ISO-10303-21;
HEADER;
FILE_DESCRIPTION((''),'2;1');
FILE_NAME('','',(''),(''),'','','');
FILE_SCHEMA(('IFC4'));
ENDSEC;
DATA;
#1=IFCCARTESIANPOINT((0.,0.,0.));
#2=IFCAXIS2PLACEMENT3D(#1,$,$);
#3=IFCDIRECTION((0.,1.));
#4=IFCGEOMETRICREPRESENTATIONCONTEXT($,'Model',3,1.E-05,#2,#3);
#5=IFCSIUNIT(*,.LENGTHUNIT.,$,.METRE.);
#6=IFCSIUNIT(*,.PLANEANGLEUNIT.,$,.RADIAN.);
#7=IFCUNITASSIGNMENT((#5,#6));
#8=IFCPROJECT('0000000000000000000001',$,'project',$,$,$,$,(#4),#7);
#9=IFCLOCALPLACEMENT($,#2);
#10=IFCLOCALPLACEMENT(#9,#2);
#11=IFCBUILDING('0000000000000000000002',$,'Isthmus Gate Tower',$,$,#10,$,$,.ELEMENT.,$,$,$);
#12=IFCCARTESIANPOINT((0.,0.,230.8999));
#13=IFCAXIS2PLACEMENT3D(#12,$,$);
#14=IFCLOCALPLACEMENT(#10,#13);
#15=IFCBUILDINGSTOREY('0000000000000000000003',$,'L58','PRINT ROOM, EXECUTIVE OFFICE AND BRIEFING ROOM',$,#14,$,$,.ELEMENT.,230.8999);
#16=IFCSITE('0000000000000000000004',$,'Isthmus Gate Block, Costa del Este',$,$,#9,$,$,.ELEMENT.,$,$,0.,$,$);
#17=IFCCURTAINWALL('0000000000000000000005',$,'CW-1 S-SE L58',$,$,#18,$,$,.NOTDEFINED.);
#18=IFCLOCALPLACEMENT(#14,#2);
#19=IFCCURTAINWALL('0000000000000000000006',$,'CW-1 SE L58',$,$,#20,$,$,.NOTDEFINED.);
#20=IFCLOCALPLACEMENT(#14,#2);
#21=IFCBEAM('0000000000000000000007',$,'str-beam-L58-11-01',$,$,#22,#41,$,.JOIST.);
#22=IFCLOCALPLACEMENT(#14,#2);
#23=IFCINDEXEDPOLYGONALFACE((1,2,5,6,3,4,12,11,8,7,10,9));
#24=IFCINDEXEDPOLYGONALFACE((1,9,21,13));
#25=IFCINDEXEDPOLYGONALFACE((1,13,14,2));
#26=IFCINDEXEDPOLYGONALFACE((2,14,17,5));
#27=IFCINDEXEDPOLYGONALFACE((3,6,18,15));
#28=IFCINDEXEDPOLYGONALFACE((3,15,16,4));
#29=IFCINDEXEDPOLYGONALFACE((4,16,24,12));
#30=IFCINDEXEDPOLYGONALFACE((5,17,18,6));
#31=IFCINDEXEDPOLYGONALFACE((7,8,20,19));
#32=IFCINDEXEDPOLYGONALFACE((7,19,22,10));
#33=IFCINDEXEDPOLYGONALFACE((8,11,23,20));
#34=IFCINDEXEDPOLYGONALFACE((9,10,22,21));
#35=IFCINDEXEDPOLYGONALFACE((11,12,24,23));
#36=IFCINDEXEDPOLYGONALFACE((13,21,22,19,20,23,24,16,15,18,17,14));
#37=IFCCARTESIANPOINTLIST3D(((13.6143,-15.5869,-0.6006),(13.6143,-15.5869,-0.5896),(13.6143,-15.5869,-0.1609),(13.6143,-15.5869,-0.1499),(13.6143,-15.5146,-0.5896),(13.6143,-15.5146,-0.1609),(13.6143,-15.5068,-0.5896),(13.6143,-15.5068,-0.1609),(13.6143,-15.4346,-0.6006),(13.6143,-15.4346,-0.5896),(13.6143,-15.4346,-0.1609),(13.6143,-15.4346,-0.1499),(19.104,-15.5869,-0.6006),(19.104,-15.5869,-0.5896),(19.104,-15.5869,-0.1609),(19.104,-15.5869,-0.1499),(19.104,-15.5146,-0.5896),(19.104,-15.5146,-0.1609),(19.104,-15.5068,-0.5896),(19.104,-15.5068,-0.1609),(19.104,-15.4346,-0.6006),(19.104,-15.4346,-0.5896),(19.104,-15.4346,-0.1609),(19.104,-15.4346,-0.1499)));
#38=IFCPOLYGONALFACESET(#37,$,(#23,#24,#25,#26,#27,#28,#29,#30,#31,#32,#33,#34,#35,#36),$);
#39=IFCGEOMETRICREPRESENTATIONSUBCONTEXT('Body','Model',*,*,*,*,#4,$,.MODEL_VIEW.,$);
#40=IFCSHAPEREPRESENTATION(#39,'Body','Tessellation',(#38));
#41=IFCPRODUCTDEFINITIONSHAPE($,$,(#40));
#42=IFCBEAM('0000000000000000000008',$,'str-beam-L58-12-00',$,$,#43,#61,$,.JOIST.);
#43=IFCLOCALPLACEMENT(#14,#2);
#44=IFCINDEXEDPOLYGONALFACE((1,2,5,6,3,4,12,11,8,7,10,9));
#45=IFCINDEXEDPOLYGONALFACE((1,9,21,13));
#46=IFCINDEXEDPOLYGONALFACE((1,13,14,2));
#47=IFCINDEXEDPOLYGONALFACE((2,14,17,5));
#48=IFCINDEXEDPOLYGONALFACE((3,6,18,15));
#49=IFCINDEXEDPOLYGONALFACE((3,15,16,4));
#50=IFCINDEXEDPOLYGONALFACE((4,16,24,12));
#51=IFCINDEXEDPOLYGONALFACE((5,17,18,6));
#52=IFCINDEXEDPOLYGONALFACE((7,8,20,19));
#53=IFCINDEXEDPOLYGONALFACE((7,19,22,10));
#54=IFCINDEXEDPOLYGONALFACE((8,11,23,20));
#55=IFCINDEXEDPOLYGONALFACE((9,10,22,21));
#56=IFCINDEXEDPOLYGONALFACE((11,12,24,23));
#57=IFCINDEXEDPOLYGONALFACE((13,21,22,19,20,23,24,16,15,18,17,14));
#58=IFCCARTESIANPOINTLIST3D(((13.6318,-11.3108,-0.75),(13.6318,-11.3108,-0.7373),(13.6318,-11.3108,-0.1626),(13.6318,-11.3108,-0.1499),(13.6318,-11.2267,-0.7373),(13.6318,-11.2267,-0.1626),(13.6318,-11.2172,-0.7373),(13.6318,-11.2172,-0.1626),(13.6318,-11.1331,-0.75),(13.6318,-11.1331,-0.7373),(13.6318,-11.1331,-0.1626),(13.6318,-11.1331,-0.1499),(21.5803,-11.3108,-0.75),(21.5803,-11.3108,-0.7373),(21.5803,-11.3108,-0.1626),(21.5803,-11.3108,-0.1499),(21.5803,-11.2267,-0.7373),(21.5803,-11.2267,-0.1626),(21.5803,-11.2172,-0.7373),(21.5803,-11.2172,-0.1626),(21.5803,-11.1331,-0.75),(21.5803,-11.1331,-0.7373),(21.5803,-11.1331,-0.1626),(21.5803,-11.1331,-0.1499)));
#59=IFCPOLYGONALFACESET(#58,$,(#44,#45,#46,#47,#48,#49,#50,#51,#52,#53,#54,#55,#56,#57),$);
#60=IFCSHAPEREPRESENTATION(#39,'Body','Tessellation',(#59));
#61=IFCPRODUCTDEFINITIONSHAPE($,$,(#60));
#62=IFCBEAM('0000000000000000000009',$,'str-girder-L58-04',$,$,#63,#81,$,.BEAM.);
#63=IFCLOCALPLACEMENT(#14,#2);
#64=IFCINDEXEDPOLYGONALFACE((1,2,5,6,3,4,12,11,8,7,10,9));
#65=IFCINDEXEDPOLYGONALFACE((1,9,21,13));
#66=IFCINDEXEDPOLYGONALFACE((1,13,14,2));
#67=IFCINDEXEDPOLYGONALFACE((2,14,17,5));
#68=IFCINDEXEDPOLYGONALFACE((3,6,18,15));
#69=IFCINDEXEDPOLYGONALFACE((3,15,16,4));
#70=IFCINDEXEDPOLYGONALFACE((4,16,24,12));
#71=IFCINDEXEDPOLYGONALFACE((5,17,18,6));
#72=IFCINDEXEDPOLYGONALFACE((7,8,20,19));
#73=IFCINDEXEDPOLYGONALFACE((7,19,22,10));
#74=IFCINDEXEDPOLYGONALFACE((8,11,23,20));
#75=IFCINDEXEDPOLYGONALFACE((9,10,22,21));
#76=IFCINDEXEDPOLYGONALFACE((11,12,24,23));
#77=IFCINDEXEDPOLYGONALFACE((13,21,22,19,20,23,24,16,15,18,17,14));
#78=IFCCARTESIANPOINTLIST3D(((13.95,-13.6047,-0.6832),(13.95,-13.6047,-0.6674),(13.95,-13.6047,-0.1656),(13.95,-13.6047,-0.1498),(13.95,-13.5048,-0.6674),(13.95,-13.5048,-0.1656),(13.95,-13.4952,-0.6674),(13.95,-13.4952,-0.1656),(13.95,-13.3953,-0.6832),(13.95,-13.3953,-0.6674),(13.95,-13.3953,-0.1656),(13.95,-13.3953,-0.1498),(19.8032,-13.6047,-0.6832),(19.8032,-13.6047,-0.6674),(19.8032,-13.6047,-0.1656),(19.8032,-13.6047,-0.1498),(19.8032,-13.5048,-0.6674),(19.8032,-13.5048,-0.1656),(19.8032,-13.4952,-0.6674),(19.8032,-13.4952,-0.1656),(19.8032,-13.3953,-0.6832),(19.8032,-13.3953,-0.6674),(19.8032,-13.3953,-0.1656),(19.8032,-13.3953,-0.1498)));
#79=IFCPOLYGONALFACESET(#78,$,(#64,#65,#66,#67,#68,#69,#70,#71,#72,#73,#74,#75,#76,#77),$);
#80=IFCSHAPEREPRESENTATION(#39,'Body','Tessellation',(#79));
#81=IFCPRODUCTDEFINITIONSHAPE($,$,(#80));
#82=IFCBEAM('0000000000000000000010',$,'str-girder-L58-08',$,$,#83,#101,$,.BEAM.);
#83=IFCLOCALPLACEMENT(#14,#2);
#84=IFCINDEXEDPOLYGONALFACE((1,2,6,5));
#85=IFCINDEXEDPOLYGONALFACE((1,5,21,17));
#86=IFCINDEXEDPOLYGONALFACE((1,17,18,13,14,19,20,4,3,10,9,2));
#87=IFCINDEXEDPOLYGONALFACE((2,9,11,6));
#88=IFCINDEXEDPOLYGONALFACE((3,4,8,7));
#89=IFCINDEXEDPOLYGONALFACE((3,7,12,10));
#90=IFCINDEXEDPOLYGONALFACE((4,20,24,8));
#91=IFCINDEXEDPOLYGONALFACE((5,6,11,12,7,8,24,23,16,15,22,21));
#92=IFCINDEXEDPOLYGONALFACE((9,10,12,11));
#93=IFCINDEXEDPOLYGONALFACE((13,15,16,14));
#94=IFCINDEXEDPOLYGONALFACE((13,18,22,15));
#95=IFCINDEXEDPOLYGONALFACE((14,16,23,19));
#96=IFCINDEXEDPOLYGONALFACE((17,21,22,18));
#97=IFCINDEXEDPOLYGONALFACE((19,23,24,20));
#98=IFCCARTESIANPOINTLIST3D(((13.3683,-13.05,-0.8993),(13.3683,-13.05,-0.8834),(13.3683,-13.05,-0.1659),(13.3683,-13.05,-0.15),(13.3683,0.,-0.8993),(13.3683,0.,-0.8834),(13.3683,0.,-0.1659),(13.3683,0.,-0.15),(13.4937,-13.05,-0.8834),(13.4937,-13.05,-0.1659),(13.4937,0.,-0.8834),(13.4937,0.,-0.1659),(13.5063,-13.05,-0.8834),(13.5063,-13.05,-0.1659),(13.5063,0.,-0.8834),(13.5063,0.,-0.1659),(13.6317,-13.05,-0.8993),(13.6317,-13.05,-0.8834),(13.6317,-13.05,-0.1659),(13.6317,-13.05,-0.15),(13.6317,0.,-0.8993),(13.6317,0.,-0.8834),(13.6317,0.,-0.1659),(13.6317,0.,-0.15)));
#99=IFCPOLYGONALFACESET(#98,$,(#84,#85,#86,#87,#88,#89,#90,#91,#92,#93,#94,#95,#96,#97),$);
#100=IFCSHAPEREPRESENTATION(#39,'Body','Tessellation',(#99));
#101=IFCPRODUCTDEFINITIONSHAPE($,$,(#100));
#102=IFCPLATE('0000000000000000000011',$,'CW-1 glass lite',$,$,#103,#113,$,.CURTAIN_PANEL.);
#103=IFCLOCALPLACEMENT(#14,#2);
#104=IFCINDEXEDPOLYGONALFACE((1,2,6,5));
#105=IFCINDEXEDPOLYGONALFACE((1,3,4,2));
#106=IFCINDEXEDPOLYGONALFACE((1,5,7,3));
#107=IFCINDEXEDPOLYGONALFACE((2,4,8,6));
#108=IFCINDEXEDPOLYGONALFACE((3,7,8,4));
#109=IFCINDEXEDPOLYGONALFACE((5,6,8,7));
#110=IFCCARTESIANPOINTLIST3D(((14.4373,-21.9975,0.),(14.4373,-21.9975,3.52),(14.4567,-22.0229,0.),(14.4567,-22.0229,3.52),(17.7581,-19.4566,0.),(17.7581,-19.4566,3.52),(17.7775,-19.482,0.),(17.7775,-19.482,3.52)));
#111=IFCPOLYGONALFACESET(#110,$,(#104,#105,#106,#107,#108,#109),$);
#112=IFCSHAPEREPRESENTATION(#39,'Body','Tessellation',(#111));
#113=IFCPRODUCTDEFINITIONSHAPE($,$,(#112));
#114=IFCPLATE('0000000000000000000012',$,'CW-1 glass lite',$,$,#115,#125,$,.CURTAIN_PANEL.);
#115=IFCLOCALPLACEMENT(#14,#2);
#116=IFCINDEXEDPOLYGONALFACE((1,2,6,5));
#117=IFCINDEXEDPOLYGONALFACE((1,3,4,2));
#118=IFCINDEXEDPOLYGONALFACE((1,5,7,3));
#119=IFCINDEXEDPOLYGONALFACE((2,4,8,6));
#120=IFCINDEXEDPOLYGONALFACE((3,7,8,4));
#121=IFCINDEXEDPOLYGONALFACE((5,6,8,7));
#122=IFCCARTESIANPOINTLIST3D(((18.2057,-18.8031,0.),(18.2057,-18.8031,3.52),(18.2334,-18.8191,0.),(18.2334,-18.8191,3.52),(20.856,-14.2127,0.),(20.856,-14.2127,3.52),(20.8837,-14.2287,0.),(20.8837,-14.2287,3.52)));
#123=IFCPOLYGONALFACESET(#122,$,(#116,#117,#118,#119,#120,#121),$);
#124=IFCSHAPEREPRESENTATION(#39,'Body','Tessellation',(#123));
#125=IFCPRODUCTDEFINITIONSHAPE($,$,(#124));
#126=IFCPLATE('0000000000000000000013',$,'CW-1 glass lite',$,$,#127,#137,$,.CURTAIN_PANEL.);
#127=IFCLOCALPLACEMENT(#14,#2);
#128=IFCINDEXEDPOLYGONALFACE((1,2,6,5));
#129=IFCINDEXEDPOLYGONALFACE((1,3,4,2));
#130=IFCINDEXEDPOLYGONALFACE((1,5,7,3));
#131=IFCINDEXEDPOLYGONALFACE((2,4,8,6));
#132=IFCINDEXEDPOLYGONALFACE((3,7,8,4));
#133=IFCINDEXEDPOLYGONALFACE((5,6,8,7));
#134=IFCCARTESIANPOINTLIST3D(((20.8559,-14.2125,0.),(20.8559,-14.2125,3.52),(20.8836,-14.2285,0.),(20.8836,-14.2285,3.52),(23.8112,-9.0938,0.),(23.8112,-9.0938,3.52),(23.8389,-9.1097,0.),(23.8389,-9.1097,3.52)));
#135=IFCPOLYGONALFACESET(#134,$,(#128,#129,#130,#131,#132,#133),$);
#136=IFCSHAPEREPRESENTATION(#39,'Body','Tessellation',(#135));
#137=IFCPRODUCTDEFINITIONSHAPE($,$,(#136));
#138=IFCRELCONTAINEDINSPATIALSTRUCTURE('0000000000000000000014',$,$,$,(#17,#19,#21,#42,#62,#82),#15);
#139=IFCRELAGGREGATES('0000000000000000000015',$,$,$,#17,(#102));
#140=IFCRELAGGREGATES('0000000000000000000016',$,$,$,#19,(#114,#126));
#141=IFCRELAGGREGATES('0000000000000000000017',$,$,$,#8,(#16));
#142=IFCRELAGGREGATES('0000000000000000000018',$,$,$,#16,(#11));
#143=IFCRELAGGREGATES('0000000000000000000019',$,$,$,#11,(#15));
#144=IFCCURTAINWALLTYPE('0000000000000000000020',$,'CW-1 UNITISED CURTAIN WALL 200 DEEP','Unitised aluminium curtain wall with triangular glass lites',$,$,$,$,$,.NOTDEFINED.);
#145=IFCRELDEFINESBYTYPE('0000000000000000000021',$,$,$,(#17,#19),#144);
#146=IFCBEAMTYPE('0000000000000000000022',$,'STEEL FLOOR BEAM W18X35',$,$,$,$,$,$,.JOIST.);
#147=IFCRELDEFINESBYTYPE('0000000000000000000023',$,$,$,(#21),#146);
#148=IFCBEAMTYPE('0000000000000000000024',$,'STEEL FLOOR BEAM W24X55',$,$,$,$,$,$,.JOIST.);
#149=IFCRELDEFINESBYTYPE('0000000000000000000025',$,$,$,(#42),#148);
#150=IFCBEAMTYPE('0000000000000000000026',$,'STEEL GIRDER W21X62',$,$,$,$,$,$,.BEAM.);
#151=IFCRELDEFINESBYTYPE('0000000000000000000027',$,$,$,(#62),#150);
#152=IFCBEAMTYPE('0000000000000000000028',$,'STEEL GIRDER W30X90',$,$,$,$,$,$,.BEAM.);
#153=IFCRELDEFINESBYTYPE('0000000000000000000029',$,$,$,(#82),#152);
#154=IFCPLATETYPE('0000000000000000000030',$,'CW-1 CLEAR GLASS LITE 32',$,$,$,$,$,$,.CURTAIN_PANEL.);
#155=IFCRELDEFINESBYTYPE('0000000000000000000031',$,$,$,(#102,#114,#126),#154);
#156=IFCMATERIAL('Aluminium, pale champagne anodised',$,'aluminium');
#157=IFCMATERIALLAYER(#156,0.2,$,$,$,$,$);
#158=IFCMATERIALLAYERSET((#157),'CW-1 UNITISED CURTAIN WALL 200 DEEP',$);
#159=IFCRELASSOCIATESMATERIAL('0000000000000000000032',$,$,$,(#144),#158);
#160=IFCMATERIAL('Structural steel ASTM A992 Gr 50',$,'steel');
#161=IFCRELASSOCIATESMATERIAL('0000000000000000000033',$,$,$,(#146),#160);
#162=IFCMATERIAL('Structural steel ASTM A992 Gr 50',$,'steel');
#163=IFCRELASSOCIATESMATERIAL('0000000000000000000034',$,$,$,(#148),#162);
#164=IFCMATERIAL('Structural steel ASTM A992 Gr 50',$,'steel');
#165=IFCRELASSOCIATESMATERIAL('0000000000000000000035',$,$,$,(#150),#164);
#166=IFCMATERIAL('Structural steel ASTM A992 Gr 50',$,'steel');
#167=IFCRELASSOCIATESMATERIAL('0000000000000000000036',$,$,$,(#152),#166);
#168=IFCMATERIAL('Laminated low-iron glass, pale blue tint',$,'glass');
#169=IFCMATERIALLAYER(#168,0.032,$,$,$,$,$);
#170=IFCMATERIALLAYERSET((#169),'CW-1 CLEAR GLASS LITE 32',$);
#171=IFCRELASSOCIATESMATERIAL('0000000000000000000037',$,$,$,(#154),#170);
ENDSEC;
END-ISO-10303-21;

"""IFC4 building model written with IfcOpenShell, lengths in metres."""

from ifc_helpers import new_model, si_unit, direction, frame, origin, origin_2d, place, context, subcontext, project, spatial, rectangle, i_section, extrude, material, layer, layer_set, material_profile, profile_set, type_object, element, aggregate, save


model = new_model("IFC4")

# Units and contexts
model_context = context("Model", 3, precision=1e-05, world=origin(), true_north=direction((0.0, 1.0)))
body_context = subcontext(model_context, "Body", "Model", "MODEL_VIEW")
ifc_project = project(units=[si_unit("LENGTHUNIT", "METRE"), si_unit("PLANEANGLEUNIT", "RADIAN")], contexts=[model_context])

# Site, building, storey
site_placement = place(None, origin())
site = spatial("IfcSite", under=ifc_project, at=site_placement, Name="Isthmus Gate Block, Costa del Este", CompositionType="ELEMENT", RefElevation=0.0)
building_placement = place(site_placement, origin())
building = spatial("IfcBuilding", under=site, at=building_placement, Name="Isthmus Gate Tower", CompositionType="ELEMENT")
storey_placement = place(building_placement, frame((0.0, 0.0, 230.8999)))
storey = spatial("IfcBuildingStorey", under=building, at=storey_placement, Name="L58", Description="PRINT ROOM, EXECUTIVE OFFICE AND BRIEFING ROOM", CompositionType="ELEMENT", Elevation=230.8999)

# Curtain walls
ifc_material_1 = material(Name="Aluminium, pale champagne anodised", Category="aluminium")
ifc_layer_1 = layer(ifc_material_1, 0.2)
ifc_layer_set_1 = layer_set([ifc_layer_1], Name="CW-1 UNITISED CURTAIN WALL 200 DEEP")
curtain_wall_type = type_object("IfcCurtainWallType", Name="CW-1 UNITISED CURTAIN WALL 200 DEEP", Description="Unitised aluminium curtain wall with triangular glass lites", PredefinedType="NOTDEFINED", material=ifc_layer_set_1)
curtain_wall_1_placement = place(storey_placement, origin())
curtain_wall_1 = element("IfcCurtainWall", 1, at=curtain_wall_1_placement, inside=storey, type_object=curtain_wall_type, Name="CW-1 S-SE L58", PredefinedType="NOTDEFINED")
curtain_wall_2_placement = place(storey_placement, origin())
curtain_wall_2 = element("IfcCurtainWall", 2, at=curtain_wall_2_placement, inside=storey, type_object=curtain_wall_type, Name="CW-1 SE L58", PredefinedType="NOTDEFINED")

# Beams
ifc_material_2 = material(Name="Structural steel ASTM A992 Gr 50", Category="steel")
ifc_material_profile_1 = material_profile(ifc_material_2, i_section(OverallWidth=0.1523, OverallDepth=0.4507, WebThickness=0.0078, FlangeThickness=0.011, at=origin_2d()), Name="W18X35")
ifc_profile_set_1 = profile_set([ifc_material_profile_1], Name="Structural steel ASTM A992 Gr 50")
beam_type_1 = type_object("IfcBeamType", Name="STEEL FLOOR BEAM W18X35", PredefinedType="JOIST", material=ifc_profile_set_1)
beam_1_placement = place(storey_placement, frame((13.6143, -15.5107, -0.3752), z_axis=(1.0, 0.0, 0.0), x_axis=(0.0, 1.0, 0.0)))
element("IfcBeam", 3, at=beam_1_placement, inside=storey, type_object=beam_type_1, Name="str-beam-L58-11-01", PredefinedType="JOIST", context=body_context, shape_type="SweptSolid", body=[
    extrude(i_section(OverallWidth=0.1523, OverallDepth=0.4507, WebThickness=0.0078, FlangeThickness=0.011, at=origin_2d()), origin(), (0.0, 0.0, 1.0), 5.4897),
])
ifc_material_3 = material(Name="Structural steel ASTM A992 Gr 50", Category="steel")
ifc_material_profile_2 = material_profile(ifc_material_3, i_section(OverallWidth=0.1777, OverallDepth=0.6001, WebThickness=0.0095, FlangeThickness=0.0127, at=origin_2d()), Name="W24X55")
ifc_profile_set_2 = profile_set([ifc_material_profile_2], Name="Structural steel ASTM A992 Gr 50")
beam_type_2 = type_object("IfcBeamType", Name="STEEL FLOOR BEAM W24X55", PredefinedType="JOIST", material=ifc_profile_set_2)
beam_2_placement = place(storey_placement, frame((13.6318, -11.2219, -0.45), z_axis=(1.0, 0.0, 0.0), x_axis=(0.0, 1.0, 0.0)))
element("IfcBeam", 4, at=beam_2_placement, inside=storey, type_object=beam_type_2, Name="str-beam-L58-12-00", PredefinedType="JOIST", context=body_context, shape_type="SweptSolid", body=[
    extrude(i_section(OverallWidth=0.1777, OverallDepth=0.6001, WebThickness=0.0095, FlangeThickness=0.0127, at=origin_2d()), origin(), (0.0, 0.0, 1.0), 7.9485),
])
ifc_material_4 = material(Name="Structural steel ASTM A992 Gr 50", Category="steel")
ifc_material_profile_3 = material_profile(ifc_material_4, i_section(OverallWidth=0.2095, OverallDepth=0.5334, WebThickness=0.0095, FlangeThickness=0.0159, at=origin_2d()), Name="W21X62")
ifc_profile_set_3 = profile_set([ifc_material_profile_3], Name="Structural steel ASTM A992 Gr 50")
beam_type_3 = type_object("IfcBeamType", Name="STEEL GIRDER W21X62", PredefinedType="BEAM", material=ifc_profile_set_3)
beam_3_placement = place(storey_placement, frame((13.95, -13.5, -0.4165), z_axis=(1.0, 0.0, 0.0), x_axis=(0.0, 1.0, 0.0)))
element("IfcBeam", 5, at=beam_3_placement, inside=storey, type_object=beam_type_3, Name="str-girder-L58-04", PredefinedType="BEAM", context=body_context, shape_type="SweptSolid", body=[
    extrude(i_section(OverallWidth=0.2095, OverallDepth=0.5334, WebThickness=0.0095, FlangeThickness=0.0159, at=origin_2d()), origin(), (0.0, 0.0, 1.0), 5.8533),
])
ifc_material_5 = material(Name="Structural steel ASTM A992 Gr 50", Category="steel")
ifc_material_profile_4 = material_profile(ifc_material_5, i_section(OverallWidth=0.2634, OverallDepth=0.7493, WebThickness=0.0127, FlangeThickness=0.0159, at=origin_2d()), Name="W30X90")
ifc_profile_set_4 = profile_set([ifc_material_profile_4], Name="Structural steel ASTM A992 Gr 50")
beam_type_4 = type_object("IfcBeamType", Name="STEEL GIRDER W30X90", PredefinedType="BEAM", material=ifc_profile_set_4)
beam_4_placement = place(storey_placement, frame((13.5, -13.05, -0.5247), z_axis=(0.0, 1.0, 0.0), x_axis=(-1.0, 0.0, 0.0)))
element("IfcBeam", 6, at=beam_4_placement, inside=storey, type_object=beam_type_4, Name="str-girder-L58-08", PredefinedType="BEAM", context=body_context, shape_type="SweptSolid", body=[
    extrude(i_section(OverallWidth=0.2634, OverallDepth=0.7493, WebThickness=0.0127, FlangeThickness=0.0159, at=origin_2d()), origin(), (0.0, 0.0, 1.0), 13.05),
])

# Plates
ifc_material_6 = material(Name="Laminated low-iron glass, pale blue tint", Category="glass")
ifc_layer_2 = layer(ifc_material_6, 0.032)
ifc_layer_set_2 = layer_set([ifc_layer_2], Name="CW-1 CLEAR GLASS LITE 32")
plate_type = type_object("IfcPlateType", Name="CW-1 CLEAR GLASS LITE 32", PredefinedType="CURTAIN_PANEL", material=ifc_layer_set_2)
plate_1_placement = place(storey_placement, frame((16.1074, -20.7397, 0.0), z_axis=(0.0, 0.0, 1.0), x_axis=(0.794189, 0.607671, 0.0)))
plate_1 = element("IfcPlate", 7, at=plate_1_placement, type_object=plate_type, Name="CW-1 glass lite", PredefinedType="CURTAIN_PANEL", context=body_context, shape_type="SweptSolid", body=[
    extrude(rectangle(XDim=4.1814, YDim=0.032, at=origin_2d()), origin(), (0.0, 0.0, 1.0), 3.52),
])
aggregate(curtain_wall_1, [plate_1])
plate_2_placement = place(storey_placement, frame((19.5447, -16.5159, 0.0), z_axis=(0.0, 0.0, 1.0), x_axis=(0.5, 0.866025, 0.0)))
plate_2 = element("IfcPlate", 8, at=plate_2_placement, type_object=plate_type, Name="CW-1 glass lite", PredefinedType="CURTAIN_PANEL", context=body_context, shape_type="SweptSolid", body=[
    extrude(rectangle(XDim=5.3005, YDim=0.032, at=origin_2d()), origin(), (0.0, 0.0, 1.0), 3.52),
])
plate_3_placement = place(storey_placement, frame((22.3474, -11.6611, 0.0), z_axis=(0.0, 0.0, 1.0), x_axis=(0.5, 0.866025, 0.0)))
plate_3 = element("IfcPlate", 9, at=plate_3_placement, type_object=plate_type, Name="CW-1 glass lite", PredefinedType="CURTAIN_PANEL", context=body_context, shape_type="SweptSolid", body=[
    extrude(rectangle(XDim=5.9106, YDim=0.032, at=origin_2d()), origin(), (0.0, 0.0, 1.0), 3.52),
])
aggregate(curtain_wall_2, [plate_2, plate_3])

save(model, "model.ifc")
